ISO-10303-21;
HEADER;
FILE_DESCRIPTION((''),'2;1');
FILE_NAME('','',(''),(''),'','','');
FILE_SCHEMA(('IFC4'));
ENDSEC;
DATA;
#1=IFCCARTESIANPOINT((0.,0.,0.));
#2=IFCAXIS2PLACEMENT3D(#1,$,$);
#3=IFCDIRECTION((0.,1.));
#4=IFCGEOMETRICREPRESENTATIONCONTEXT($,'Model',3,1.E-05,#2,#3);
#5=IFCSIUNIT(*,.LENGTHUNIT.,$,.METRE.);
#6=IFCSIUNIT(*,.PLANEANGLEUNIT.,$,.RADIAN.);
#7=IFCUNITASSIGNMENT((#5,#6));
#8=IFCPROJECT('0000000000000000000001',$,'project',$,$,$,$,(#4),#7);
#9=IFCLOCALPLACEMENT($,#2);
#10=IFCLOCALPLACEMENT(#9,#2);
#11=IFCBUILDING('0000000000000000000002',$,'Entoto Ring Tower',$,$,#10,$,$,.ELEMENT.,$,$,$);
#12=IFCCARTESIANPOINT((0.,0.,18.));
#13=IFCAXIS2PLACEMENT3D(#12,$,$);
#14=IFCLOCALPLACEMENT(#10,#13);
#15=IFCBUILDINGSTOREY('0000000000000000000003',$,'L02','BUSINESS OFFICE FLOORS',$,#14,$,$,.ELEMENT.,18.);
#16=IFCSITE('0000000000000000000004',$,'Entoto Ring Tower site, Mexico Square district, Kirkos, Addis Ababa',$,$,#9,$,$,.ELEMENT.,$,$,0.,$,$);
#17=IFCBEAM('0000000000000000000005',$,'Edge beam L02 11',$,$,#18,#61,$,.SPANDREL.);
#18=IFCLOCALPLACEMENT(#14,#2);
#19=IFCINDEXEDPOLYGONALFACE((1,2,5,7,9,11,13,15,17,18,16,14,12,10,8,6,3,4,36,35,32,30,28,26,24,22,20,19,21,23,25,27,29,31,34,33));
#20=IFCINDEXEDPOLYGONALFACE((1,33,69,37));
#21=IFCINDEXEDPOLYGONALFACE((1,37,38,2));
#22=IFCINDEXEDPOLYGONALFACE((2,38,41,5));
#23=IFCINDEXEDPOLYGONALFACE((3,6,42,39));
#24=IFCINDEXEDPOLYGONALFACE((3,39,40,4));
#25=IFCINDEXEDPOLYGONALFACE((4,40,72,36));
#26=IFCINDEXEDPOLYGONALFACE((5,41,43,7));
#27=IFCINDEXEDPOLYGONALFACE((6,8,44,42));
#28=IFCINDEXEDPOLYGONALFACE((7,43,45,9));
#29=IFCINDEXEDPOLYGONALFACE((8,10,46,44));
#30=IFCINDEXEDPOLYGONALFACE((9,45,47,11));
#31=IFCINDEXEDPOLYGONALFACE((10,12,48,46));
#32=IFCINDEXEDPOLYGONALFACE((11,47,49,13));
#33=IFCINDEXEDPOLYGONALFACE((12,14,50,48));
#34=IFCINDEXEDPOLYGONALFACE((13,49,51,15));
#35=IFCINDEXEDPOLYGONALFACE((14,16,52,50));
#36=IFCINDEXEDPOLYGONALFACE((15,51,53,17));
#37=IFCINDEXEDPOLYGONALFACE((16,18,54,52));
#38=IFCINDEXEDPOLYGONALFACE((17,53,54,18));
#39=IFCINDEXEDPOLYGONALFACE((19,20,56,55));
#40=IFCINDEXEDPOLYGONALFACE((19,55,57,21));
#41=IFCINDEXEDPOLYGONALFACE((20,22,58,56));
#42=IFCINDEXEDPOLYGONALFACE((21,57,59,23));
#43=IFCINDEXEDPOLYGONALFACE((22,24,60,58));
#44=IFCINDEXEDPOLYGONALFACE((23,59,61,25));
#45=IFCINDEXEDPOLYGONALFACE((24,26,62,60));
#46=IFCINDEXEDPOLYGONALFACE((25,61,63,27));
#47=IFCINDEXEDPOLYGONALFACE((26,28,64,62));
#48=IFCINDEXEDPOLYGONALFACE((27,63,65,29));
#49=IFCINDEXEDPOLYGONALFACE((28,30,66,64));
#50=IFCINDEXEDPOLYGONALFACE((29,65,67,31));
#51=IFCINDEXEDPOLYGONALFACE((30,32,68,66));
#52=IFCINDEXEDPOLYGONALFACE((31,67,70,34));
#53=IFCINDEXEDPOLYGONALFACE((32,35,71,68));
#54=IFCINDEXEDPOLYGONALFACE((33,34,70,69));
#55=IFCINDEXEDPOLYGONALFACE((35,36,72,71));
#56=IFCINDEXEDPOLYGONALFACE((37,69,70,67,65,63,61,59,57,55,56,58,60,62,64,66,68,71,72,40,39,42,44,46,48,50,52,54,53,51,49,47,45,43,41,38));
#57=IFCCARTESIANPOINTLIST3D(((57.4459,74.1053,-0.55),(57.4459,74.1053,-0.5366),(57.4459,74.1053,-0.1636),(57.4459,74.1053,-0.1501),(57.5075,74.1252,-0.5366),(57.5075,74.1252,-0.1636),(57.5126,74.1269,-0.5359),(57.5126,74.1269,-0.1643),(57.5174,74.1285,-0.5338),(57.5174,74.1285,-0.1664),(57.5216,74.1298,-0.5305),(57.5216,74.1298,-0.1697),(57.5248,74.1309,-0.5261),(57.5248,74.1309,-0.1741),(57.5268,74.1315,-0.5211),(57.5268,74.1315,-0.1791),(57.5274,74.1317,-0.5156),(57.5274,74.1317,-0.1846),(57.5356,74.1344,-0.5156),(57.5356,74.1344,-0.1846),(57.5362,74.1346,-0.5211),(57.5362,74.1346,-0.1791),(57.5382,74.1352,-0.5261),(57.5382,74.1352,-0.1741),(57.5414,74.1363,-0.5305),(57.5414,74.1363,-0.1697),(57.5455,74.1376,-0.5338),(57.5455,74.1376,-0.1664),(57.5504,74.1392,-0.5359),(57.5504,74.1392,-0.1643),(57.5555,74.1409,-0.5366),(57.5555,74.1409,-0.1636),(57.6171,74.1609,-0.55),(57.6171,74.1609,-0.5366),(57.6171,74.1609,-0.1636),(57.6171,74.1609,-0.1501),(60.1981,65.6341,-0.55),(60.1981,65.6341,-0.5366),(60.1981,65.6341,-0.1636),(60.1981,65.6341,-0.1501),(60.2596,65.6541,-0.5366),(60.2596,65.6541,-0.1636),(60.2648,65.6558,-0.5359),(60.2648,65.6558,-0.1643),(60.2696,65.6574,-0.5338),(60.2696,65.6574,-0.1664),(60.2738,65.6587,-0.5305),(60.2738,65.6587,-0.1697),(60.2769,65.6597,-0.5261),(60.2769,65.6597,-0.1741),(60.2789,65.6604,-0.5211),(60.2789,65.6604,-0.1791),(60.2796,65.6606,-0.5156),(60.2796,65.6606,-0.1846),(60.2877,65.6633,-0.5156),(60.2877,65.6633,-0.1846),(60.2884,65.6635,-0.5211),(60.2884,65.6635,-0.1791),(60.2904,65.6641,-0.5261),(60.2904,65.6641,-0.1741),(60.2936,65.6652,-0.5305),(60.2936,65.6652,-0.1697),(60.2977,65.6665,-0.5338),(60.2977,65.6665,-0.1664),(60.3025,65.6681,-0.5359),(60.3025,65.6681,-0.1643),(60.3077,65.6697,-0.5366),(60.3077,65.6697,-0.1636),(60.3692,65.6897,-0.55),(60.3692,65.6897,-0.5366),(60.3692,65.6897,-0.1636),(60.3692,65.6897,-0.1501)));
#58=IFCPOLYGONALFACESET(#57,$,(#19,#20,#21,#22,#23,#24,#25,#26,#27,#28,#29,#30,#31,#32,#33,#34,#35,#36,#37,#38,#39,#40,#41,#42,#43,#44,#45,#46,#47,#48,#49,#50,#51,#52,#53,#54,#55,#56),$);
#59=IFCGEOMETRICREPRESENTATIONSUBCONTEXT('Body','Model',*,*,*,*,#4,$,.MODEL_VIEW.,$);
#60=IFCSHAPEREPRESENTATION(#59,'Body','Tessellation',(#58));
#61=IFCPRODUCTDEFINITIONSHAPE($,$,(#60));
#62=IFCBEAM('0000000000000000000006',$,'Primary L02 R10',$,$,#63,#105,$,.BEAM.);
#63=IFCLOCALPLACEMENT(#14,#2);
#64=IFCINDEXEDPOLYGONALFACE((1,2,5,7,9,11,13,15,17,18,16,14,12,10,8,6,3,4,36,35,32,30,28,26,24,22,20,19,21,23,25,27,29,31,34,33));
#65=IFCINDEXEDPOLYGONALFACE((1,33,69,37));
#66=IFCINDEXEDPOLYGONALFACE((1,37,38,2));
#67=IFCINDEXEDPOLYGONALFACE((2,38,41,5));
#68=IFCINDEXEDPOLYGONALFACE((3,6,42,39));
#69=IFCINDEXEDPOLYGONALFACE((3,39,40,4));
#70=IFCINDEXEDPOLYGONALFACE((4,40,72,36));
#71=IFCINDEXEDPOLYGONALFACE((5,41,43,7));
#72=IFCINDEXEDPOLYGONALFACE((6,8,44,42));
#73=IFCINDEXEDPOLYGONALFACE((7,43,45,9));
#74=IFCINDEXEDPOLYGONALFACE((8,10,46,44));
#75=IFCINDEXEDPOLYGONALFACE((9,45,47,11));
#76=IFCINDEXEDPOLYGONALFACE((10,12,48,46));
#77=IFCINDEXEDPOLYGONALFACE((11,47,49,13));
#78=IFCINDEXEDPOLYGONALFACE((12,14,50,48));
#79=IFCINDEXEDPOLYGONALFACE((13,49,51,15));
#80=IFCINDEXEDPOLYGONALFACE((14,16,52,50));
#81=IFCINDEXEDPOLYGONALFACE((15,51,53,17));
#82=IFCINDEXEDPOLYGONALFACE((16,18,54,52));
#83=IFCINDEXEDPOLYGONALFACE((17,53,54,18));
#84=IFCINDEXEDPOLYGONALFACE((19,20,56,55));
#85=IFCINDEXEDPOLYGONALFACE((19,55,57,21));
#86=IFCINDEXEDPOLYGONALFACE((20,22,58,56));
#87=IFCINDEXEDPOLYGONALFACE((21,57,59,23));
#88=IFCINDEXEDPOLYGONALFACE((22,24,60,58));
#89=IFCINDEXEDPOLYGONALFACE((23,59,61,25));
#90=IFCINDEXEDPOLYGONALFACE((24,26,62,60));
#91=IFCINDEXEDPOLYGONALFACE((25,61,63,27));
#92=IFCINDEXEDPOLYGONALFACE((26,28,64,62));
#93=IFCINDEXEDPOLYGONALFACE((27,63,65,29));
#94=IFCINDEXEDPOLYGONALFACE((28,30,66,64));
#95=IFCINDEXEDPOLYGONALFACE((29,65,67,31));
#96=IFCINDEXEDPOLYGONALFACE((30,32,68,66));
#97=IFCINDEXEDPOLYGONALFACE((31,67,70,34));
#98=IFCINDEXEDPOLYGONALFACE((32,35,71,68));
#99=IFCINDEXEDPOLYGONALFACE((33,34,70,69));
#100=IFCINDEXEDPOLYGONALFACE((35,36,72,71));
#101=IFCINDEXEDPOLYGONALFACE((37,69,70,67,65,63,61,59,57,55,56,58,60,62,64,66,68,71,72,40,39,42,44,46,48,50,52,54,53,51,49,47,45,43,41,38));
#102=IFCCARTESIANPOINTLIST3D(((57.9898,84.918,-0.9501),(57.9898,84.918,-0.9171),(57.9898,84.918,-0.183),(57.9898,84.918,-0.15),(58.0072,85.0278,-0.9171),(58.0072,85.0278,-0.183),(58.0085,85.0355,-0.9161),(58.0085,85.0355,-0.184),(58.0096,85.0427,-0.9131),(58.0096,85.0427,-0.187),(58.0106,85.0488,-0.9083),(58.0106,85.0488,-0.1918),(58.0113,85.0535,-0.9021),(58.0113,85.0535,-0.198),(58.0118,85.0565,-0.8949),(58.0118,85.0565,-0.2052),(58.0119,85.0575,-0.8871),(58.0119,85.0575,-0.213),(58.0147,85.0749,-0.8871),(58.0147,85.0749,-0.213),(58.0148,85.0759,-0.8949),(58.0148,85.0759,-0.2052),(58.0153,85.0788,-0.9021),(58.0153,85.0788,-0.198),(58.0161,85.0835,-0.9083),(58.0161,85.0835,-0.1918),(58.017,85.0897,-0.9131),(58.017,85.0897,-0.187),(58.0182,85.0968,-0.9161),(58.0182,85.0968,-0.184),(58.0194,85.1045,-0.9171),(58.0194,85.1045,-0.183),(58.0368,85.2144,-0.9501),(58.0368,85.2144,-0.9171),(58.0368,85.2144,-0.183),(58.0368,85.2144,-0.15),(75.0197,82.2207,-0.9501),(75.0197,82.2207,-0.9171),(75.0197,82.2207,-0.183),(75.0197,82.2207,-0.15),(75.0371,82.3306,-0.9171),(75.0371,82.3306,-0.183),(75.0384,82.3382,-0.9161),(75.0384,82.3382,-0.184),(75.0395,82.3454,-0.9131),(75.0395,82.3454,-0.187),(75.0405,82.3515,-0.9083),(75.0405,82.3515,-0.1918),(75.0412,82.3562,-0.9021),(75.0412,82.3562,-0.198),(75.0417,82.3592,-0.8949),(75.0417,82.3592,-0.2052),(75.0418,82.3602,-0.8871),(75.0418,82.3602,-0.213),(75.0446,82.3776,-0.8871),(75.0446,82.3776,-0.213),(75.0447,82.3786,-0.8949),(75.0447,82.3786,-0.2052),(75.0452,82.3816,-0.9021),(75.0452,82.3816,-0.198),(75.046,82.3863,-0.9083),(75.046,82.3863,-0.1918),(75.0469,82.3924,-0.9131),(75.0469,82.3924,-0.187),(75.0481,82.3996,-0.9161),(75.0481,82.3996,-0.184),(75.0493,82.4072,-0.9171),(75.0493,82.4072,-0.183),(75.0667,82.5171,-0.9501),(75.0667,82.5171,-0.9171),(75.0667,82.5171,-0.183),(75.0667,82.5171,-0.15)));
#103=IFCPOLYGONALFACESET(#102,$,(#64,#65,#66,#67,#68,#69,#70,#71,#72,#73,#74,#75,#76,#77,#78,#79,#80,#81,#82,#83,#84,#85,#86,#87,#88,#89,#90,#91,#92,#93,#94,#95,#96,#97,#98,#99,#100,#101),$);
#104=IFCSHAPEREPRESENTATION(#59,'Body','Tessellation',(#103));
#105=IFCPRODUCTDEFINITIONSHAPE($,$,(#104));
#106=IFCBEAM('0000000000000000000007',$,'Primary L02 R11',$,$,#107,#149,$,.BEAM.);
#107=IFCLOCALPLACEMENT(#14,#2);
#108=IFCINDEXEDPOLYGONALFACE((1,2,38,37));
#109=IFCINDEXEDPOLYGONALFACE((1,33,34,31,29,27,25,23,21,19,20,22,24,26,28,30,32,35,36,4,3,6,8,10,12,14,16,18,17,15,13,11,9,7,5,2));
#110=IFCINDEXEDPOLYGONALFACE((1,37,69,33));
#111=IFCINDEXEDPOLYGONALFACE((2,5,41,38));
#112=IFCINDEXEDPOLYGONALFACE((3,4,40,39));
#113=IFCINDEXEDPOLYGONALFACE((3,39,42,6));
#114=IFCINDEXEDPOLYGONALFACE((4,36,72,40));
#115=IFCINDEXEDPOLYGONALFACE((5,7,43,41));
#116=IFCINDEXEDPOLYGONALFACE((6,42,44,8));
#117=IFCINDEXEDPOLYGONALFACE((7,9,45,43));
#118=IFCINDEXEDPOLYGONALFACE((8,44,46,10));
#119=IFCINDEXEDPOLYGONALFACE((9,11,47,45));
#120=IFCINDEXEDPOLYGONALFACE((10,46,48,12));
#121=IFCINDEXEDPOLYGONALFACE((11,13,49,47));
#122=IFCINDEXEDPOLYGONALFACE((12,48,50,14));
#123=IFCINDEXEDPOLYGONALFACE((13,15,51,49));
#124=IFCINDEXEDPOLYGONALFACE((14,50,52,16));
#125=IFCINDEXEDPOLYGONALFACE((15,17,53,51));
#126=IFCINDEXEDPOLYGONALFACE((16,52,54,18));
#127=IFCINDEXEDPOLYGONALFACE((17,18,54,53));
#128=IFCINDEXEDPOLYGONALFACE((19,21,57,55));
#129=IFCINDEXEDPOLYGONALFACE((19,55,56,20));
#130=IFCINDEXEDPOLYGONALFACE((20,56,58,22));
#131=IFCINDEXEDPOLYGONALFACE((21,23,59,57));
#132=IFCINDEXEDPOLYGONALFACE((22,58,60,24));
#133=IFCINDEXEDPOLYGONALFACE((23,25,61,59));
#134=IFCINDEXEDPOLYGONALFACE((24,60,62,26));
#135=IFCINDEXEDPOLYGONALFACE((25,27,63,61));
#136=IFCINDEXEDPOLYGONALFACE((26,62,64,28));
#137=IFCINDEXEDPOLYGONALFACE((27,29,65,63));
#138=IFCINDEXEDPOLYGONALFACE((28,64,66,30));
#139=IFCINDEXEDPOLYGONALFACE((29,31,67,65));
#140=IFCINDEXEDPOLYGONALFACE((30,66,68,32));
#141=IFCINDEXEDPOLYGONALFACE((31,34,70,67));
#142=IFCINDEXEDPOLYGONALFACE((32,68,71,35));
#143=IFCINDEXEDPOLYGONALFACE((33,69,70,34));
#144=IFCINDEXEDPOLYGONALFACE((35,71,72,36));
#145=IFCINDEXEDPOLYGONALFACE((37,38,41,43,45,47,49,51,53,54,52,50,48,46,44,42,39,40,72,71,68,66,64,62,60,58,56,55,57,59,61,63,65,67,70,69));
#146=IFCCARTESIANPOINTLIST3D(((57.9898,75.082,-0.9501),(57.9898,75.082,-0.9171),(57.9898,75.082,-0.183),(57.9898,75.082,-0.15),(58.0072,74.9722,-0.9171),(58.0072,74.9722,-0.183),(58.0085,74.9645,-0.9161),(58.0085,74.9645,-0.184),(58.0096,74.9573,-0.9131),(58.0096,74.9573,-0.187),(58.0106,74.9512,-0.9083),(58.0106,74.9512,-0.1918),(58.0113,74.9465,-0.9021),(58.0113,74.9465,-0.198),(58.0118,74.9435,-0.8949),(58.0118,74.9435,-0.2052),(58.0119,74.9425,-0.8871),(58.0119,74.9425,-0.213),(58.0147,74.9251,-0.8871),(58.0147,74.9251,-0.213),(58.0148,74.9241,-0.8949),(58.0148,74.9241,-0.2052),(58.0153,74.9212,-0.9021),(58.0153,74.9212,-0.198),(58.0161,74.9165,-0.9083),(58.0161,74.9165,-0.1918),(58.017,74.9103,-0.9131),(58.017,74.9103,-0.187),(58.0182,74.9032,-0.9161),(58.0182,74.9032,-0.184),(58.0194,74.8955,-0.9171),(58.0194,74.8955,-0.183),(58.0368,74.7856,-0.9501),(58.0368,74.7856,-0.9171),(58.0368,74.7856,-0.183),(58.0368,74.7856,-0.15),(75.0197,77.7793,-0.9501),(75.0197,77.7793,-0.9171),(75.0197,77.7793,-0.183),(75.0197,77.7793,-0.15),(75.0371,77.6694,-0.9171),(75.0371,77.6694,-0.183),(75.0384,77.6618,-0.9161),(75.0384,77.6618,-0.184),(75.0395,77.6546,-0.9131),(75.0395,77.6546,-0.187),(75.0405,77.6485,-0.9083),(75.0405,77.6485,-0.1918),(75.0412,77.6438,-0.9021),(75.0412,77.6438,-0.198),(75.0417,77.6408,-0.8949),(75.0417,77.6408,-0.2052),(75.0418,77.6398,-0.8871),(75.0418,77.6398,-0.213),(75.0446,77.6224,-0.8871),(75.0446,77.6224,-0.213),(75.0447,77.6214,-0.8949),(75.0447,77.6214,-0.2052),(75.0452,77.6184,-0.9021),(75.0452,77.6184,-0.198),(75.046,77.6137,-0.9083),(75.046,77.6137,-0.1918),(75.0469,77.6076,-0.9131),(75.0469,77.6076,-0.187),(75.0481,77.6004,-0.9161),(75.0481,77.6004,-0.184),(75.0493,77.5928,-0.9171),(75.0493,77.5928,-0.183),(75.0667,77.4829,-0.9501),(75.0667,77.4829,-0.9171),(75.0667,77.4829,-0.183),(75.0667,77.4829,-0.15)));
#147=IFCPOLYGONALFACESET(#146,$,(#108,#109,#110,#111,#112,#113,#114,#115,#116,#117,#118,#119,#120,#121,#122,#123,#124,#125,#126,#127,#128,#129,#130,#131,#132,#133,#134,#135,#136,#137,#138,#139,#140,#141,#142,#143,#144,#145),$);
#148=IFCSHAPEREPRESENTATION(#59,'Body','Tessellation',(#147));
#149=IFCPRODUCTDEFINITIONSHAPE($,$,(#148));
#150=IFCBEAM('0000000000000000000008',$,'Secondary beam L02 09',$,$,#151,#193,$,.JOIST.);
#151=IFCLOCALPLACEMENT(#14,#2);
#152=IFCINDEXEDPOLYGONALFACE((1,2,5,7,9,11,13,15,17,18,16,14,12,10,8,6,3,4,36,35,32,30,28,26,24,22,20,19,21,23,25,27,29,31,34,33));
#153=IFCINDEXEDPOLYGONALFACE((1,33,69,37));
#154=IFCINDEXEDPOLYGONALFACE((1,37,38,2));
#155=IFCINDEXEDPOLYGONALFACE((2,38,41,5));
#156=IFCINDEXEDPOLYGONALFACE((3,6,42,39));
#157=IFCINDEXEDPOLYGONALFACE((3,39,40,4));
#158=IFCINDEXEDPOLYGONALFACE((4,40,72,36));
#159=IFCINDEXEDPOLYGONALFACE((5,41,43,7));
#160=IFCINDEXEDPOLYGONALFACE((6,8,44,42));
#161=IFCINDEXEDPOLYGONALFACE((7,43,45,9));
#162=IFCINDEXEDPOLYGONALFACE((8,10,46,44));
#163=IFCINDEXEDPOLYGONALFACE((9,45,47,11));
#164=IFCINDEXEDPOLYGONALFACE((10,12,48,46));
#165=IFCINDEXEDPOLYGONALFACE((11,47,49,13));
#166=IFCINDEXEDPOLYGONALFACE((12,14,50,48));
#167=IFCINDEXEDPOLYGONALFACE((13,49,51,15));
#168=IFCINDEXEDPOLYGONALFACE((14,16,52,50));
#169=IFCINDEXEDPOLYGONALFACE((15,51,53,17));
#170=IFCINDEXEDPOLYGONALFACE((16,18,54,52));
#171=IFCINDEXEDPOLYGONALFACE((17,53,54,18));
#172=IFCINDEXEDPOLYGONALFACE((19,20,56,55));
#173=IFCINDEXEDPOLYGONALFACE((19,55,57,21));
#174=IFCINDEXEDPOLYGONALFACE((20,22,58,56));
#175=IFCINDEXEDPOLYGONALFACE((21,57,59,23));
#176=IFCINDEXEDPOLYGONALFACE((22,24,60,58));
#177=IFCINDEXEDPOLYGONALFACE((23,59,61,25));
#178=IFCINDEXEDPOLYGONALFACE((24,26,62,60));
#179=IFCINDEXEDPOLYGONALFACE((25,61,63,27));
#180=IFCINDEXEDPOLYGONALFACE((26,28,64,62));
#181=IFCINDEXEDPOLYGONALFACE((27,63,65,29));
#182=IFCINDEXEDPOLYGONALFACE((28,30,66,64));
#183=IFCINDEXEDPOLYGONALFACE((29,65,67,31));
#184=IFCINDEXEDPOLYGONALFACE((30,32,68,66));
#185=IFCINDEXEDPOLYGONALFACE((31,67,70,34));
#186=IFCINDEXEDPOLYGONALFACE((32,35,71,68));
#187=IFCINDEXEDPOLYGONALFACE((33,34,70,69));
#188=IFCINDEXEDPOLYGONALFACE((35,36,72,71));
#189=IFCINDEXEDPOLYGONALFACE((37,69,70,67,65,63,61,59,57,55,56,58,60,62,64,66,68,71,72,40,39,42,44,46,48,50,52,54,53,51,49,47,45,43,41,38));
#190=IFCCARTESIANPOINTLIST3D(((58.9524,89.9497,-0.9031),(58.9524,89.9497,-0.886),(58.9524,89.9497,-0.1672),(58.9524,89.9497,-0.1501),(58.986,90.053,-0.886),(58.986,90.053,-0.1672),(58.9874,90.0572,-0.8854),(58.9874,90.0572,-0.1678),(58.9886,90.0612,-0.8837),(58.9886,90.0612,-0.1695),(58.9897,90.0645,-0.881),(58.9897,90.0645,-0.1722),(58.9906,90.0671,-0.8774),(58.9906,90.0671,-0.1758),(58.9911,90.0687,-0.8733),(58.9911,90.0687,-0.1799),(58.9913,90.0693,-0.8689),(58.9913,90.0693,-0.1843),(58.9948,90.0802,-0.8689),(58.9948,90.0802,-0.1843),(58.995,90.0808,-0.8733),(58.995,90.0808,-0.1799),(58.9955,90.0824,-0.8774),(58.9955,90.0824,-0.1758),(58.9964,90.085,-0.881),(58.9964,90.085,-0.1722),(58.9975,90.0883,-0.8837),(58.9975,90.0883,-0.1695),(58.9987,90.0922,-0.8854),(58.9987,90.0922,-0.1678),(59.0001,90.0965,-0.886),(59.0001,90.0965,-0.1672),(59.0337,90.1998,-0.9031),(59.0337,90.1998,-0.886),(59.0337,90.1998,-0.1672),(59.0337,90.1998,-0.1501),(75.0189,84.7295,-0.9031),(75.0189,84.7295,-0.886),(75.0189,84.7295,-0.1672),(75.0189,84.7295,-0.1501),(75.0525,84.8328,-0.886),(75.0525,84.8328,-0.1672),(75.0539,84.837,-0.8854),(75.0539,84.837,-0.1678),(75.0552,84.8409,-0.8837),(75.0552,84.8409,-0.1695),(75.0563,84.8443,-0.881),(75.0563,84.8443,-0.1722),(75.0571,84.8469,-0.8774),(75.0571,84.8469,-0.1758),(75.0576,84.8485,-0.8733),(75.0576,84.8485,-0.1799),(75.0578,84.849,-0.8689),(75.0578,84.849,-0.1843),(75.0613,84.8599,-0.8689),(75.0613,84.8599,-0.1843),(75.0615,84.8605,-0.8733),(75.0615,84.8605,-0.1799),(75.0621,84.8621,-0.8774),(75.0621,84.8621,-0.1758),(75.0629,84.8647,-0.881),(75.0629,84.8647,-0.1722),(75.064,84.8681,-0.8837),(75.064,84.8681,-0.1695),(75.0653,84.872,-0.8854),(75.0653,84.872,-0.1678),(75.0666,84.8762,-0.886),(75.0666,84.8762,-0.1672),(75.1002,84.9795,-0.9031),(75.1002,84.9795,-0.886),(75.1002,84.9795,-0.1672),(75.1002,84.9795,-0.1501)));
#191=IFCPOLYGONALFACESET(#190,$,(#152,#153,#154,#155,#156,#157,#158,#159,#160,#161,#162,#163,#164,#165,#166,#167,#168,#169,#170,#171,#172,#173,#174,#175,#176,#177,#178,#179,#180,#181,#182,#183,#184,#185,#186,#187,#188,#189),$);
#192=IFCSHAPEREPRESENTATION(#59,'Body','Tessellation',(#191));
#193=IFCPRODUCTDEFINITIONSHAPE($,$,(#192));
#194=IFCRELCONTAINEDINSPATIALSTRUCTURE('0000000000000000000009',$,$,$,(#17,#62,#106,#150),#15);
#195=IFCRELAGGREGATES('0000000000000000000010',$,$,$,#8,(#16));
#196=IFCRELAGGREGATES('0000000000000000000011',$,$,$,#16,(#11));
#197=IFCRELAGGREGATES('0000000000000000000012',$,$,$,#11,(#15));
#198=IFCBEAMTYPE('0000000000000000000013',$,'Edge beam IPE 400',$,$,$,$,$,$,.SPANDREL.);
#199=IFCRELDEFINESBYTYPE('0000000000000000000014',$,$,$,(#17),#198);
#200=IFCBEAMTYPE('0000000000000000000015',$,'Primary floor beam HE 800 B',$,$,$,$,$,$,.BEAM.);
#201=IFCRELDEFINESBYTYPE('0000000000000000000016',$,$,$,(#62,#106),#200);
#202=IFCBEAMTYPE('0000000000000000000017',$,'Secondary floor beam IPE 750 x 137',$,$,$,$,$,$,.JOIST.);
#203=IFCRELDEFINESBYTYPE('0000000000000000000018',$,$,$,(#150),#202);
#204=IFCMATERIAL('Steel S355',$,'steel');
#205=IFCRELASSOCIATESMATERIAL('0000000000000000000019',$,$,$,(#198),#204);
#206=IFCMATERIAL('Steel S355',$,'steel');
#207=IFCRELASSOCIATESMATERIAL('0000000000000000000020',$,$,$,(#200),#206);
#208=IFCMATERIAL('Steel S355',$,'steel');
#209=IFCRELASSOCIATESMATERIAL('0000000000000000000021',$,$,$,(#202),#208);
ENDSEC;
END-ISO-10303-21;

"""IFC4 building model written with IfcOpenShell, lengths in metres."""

from ifc_helpers import new_model, si_unit, direction, frame, origin, origin_2d, place, context, subcontext, project, spatial, i_section, extrude, material, material_profile, profile_set, type_object, element, save


model = new_model("IFC4")

# Units and contexts
model_context = context("Model", 3, precision=1e-05, world=origin(), true_north=direction((0.0, 1.0)))
body_context = subcontext(model_context, "Body", "Model", "MODEL_VIEW")
ifc_project = project(units=[si_unit("LENGTHUNIT", "METRE"), si_unit("PLANEANGLEUNIT", "RADIAN")], contexts=[model_context])

# Site, building, storey
site_placement = place(None, origin())
site = spatial("IfcSite", under=ifc_project, at=site_placement, Name="Entoto Ring Tower site, Mexico Square district, Kirkos, Addis Ababa", CompositionType="ELEMENT", RefElevation=0.0)
building_placement = place(site_placement, origin())
building = spatial("IfcBuilding", under=site, at=building_placement, Name="Entoto Ring Tower", CompositionType="ELEMENT")
storey_placement = place(building_placement, frame((0.0, 0.0, 18.0)))
storey = spatial("IfcBuildingStorey", under=building, at=storey_placement, Name="L02", Description="BUSINESS OFFICE FLOORS", CompositionType="ELEMENT", Elevation=18.0)

# Beams
ifc_material_1 = material(Name="Steel S355", Category="steel")
ifc_material_profile_1 = material_profile(ifc_material_1, i_section(OverallWidth=0.1799, OverallDepth=0.3999, WebThickness=0.0085, FlangeThickness=0.0134, FilletRadius=0.021, at=origin_2d()), Name="IPE 400")
ifc_profile_set_1 = profile_set([ifc_material_profile_1], Name="Steel S355")
beam_type_1 = type_object("IfcBeamType", Name="Edge beam IPE 400", PredefinedType="SPANDREL", material=ifc_profile_set_1)
beam_1_placement = place(storey_placement, frame((57.5315, 74.1331, -0.3501), z_axis=(0.308991, -0.951065, 0.0), x_axis=(0.951065, 0.308991, 0.0)))
element("IfcBeam", 1, at=beam_1_placement, inside=storey, type_object=beam_type_1, Name="Edge beam L02 11", PredefinedType="SPANDREL", context=body_context, shape_type="SweptSolid", body=[
    extrude(i_section(OverallWidth=0.1799, OverallDepth=0.3999, WebThickness=0.0085, FlangeThickness=0.0134, FilletRadius=0.021, at=origin_2d()), origin(), (0.0, 0.0, 1.0), 8.907),
])
ifc_material_2 = material(Name="Steel S355", Category="steel")
ifc_material_profile_2 = material_profile(ifc_material_2, i_section(OverallWidth=0.3, OverallDepth=0.8, WebThickness=0.0176, FlangeThickness=0.033, FilletRadius=0.03, at=origin_2d()), Name="HE 800 B")
ifc_profile_set_2 = profile_set([ifc_material_profile_2], Name="Steel S355")
beam_type_2 = type_object("IfcBeamType", Name="Primary floor beam HE 800 B", PredefinedType="BEAM", material=ifc_profile_set_2)
for number, where, z_axis, x_axis, name in (
    (2, (75.0432, 82.3689, -0.55), (-0.987688, 0.156435, 0.0), (-0.156435, -0.987688, 0.0), "Primary L02 R10"),
    (3, (75.0432, 77.6311, -0.55), (-0.987688, -0.156435, 0.0), (0.156435, -0.987688, 0.0), "Primary L02 R11"),
):
    element("IfcBeam", number, at=place(storey_placement, frame(where, z_axis=z_axis, x_axis=x_axis)), inside=storey, type_object=beam_type_2, Name=name, PredefinedType="BEAM", context=body_context, shape_type="SweptSolid", body=[
        extrude(i_section(OverallWidth=0.3, OverallDepth=0.8, WebThickness=0.0176, FlangeThickness=0.033, FilletRadius=0.03, at=origin_2d()), origin(), (0.0, 0.0, 1.0), 17.2422),
    ])
ifc_material_3 = material(Name="Steel S355", Category="steel")
ifc_material_profile_3 = material_profile(ifc_material_3, i_section(OverallWidth=0.2629, OverallDepth=0.7529, WebThickness=0.0115, FlangeThickness=0.0171, FilletRadius=0.0171, at=origin_2d()), Name="IPE 750 x 137")
ifc_profile_set_3 = profile_set([ifc_material_profile_3], Name="Steel S355")
beam_type_3 = type_object("IfcBeamType", Name="Secondary floor beam IPE 750 x 137", PredefinedType="JOIST", material=ifc_profile_set_3)
beam_2_placement = place(storey_placement, frame((75.0596, 84.8545, -0.5266), z_axis=(-0.951058, 0.309013, 0.0), x_axis=(-0.309013, -0.951058, 0.0)))
element("IfcBeam", 4, at=beam_2_placement, inside=storey, type_object=beam_type_3, Name="Secondary beam L02 09", PredefinedType="JOIST", context=body_context, shape_type="SweptSolid", body=[
    extrude(i_section(OverallWidth=0.2629, OverallDepth=0.7529, WebThickness=0.0115, FlangeThickness=0.0171, FilletRadius=0.0171, at=origin_2d()), origin(), (0.0, 0.0, 1.0), 16.8933),
])

save(model, "model.ifc")
